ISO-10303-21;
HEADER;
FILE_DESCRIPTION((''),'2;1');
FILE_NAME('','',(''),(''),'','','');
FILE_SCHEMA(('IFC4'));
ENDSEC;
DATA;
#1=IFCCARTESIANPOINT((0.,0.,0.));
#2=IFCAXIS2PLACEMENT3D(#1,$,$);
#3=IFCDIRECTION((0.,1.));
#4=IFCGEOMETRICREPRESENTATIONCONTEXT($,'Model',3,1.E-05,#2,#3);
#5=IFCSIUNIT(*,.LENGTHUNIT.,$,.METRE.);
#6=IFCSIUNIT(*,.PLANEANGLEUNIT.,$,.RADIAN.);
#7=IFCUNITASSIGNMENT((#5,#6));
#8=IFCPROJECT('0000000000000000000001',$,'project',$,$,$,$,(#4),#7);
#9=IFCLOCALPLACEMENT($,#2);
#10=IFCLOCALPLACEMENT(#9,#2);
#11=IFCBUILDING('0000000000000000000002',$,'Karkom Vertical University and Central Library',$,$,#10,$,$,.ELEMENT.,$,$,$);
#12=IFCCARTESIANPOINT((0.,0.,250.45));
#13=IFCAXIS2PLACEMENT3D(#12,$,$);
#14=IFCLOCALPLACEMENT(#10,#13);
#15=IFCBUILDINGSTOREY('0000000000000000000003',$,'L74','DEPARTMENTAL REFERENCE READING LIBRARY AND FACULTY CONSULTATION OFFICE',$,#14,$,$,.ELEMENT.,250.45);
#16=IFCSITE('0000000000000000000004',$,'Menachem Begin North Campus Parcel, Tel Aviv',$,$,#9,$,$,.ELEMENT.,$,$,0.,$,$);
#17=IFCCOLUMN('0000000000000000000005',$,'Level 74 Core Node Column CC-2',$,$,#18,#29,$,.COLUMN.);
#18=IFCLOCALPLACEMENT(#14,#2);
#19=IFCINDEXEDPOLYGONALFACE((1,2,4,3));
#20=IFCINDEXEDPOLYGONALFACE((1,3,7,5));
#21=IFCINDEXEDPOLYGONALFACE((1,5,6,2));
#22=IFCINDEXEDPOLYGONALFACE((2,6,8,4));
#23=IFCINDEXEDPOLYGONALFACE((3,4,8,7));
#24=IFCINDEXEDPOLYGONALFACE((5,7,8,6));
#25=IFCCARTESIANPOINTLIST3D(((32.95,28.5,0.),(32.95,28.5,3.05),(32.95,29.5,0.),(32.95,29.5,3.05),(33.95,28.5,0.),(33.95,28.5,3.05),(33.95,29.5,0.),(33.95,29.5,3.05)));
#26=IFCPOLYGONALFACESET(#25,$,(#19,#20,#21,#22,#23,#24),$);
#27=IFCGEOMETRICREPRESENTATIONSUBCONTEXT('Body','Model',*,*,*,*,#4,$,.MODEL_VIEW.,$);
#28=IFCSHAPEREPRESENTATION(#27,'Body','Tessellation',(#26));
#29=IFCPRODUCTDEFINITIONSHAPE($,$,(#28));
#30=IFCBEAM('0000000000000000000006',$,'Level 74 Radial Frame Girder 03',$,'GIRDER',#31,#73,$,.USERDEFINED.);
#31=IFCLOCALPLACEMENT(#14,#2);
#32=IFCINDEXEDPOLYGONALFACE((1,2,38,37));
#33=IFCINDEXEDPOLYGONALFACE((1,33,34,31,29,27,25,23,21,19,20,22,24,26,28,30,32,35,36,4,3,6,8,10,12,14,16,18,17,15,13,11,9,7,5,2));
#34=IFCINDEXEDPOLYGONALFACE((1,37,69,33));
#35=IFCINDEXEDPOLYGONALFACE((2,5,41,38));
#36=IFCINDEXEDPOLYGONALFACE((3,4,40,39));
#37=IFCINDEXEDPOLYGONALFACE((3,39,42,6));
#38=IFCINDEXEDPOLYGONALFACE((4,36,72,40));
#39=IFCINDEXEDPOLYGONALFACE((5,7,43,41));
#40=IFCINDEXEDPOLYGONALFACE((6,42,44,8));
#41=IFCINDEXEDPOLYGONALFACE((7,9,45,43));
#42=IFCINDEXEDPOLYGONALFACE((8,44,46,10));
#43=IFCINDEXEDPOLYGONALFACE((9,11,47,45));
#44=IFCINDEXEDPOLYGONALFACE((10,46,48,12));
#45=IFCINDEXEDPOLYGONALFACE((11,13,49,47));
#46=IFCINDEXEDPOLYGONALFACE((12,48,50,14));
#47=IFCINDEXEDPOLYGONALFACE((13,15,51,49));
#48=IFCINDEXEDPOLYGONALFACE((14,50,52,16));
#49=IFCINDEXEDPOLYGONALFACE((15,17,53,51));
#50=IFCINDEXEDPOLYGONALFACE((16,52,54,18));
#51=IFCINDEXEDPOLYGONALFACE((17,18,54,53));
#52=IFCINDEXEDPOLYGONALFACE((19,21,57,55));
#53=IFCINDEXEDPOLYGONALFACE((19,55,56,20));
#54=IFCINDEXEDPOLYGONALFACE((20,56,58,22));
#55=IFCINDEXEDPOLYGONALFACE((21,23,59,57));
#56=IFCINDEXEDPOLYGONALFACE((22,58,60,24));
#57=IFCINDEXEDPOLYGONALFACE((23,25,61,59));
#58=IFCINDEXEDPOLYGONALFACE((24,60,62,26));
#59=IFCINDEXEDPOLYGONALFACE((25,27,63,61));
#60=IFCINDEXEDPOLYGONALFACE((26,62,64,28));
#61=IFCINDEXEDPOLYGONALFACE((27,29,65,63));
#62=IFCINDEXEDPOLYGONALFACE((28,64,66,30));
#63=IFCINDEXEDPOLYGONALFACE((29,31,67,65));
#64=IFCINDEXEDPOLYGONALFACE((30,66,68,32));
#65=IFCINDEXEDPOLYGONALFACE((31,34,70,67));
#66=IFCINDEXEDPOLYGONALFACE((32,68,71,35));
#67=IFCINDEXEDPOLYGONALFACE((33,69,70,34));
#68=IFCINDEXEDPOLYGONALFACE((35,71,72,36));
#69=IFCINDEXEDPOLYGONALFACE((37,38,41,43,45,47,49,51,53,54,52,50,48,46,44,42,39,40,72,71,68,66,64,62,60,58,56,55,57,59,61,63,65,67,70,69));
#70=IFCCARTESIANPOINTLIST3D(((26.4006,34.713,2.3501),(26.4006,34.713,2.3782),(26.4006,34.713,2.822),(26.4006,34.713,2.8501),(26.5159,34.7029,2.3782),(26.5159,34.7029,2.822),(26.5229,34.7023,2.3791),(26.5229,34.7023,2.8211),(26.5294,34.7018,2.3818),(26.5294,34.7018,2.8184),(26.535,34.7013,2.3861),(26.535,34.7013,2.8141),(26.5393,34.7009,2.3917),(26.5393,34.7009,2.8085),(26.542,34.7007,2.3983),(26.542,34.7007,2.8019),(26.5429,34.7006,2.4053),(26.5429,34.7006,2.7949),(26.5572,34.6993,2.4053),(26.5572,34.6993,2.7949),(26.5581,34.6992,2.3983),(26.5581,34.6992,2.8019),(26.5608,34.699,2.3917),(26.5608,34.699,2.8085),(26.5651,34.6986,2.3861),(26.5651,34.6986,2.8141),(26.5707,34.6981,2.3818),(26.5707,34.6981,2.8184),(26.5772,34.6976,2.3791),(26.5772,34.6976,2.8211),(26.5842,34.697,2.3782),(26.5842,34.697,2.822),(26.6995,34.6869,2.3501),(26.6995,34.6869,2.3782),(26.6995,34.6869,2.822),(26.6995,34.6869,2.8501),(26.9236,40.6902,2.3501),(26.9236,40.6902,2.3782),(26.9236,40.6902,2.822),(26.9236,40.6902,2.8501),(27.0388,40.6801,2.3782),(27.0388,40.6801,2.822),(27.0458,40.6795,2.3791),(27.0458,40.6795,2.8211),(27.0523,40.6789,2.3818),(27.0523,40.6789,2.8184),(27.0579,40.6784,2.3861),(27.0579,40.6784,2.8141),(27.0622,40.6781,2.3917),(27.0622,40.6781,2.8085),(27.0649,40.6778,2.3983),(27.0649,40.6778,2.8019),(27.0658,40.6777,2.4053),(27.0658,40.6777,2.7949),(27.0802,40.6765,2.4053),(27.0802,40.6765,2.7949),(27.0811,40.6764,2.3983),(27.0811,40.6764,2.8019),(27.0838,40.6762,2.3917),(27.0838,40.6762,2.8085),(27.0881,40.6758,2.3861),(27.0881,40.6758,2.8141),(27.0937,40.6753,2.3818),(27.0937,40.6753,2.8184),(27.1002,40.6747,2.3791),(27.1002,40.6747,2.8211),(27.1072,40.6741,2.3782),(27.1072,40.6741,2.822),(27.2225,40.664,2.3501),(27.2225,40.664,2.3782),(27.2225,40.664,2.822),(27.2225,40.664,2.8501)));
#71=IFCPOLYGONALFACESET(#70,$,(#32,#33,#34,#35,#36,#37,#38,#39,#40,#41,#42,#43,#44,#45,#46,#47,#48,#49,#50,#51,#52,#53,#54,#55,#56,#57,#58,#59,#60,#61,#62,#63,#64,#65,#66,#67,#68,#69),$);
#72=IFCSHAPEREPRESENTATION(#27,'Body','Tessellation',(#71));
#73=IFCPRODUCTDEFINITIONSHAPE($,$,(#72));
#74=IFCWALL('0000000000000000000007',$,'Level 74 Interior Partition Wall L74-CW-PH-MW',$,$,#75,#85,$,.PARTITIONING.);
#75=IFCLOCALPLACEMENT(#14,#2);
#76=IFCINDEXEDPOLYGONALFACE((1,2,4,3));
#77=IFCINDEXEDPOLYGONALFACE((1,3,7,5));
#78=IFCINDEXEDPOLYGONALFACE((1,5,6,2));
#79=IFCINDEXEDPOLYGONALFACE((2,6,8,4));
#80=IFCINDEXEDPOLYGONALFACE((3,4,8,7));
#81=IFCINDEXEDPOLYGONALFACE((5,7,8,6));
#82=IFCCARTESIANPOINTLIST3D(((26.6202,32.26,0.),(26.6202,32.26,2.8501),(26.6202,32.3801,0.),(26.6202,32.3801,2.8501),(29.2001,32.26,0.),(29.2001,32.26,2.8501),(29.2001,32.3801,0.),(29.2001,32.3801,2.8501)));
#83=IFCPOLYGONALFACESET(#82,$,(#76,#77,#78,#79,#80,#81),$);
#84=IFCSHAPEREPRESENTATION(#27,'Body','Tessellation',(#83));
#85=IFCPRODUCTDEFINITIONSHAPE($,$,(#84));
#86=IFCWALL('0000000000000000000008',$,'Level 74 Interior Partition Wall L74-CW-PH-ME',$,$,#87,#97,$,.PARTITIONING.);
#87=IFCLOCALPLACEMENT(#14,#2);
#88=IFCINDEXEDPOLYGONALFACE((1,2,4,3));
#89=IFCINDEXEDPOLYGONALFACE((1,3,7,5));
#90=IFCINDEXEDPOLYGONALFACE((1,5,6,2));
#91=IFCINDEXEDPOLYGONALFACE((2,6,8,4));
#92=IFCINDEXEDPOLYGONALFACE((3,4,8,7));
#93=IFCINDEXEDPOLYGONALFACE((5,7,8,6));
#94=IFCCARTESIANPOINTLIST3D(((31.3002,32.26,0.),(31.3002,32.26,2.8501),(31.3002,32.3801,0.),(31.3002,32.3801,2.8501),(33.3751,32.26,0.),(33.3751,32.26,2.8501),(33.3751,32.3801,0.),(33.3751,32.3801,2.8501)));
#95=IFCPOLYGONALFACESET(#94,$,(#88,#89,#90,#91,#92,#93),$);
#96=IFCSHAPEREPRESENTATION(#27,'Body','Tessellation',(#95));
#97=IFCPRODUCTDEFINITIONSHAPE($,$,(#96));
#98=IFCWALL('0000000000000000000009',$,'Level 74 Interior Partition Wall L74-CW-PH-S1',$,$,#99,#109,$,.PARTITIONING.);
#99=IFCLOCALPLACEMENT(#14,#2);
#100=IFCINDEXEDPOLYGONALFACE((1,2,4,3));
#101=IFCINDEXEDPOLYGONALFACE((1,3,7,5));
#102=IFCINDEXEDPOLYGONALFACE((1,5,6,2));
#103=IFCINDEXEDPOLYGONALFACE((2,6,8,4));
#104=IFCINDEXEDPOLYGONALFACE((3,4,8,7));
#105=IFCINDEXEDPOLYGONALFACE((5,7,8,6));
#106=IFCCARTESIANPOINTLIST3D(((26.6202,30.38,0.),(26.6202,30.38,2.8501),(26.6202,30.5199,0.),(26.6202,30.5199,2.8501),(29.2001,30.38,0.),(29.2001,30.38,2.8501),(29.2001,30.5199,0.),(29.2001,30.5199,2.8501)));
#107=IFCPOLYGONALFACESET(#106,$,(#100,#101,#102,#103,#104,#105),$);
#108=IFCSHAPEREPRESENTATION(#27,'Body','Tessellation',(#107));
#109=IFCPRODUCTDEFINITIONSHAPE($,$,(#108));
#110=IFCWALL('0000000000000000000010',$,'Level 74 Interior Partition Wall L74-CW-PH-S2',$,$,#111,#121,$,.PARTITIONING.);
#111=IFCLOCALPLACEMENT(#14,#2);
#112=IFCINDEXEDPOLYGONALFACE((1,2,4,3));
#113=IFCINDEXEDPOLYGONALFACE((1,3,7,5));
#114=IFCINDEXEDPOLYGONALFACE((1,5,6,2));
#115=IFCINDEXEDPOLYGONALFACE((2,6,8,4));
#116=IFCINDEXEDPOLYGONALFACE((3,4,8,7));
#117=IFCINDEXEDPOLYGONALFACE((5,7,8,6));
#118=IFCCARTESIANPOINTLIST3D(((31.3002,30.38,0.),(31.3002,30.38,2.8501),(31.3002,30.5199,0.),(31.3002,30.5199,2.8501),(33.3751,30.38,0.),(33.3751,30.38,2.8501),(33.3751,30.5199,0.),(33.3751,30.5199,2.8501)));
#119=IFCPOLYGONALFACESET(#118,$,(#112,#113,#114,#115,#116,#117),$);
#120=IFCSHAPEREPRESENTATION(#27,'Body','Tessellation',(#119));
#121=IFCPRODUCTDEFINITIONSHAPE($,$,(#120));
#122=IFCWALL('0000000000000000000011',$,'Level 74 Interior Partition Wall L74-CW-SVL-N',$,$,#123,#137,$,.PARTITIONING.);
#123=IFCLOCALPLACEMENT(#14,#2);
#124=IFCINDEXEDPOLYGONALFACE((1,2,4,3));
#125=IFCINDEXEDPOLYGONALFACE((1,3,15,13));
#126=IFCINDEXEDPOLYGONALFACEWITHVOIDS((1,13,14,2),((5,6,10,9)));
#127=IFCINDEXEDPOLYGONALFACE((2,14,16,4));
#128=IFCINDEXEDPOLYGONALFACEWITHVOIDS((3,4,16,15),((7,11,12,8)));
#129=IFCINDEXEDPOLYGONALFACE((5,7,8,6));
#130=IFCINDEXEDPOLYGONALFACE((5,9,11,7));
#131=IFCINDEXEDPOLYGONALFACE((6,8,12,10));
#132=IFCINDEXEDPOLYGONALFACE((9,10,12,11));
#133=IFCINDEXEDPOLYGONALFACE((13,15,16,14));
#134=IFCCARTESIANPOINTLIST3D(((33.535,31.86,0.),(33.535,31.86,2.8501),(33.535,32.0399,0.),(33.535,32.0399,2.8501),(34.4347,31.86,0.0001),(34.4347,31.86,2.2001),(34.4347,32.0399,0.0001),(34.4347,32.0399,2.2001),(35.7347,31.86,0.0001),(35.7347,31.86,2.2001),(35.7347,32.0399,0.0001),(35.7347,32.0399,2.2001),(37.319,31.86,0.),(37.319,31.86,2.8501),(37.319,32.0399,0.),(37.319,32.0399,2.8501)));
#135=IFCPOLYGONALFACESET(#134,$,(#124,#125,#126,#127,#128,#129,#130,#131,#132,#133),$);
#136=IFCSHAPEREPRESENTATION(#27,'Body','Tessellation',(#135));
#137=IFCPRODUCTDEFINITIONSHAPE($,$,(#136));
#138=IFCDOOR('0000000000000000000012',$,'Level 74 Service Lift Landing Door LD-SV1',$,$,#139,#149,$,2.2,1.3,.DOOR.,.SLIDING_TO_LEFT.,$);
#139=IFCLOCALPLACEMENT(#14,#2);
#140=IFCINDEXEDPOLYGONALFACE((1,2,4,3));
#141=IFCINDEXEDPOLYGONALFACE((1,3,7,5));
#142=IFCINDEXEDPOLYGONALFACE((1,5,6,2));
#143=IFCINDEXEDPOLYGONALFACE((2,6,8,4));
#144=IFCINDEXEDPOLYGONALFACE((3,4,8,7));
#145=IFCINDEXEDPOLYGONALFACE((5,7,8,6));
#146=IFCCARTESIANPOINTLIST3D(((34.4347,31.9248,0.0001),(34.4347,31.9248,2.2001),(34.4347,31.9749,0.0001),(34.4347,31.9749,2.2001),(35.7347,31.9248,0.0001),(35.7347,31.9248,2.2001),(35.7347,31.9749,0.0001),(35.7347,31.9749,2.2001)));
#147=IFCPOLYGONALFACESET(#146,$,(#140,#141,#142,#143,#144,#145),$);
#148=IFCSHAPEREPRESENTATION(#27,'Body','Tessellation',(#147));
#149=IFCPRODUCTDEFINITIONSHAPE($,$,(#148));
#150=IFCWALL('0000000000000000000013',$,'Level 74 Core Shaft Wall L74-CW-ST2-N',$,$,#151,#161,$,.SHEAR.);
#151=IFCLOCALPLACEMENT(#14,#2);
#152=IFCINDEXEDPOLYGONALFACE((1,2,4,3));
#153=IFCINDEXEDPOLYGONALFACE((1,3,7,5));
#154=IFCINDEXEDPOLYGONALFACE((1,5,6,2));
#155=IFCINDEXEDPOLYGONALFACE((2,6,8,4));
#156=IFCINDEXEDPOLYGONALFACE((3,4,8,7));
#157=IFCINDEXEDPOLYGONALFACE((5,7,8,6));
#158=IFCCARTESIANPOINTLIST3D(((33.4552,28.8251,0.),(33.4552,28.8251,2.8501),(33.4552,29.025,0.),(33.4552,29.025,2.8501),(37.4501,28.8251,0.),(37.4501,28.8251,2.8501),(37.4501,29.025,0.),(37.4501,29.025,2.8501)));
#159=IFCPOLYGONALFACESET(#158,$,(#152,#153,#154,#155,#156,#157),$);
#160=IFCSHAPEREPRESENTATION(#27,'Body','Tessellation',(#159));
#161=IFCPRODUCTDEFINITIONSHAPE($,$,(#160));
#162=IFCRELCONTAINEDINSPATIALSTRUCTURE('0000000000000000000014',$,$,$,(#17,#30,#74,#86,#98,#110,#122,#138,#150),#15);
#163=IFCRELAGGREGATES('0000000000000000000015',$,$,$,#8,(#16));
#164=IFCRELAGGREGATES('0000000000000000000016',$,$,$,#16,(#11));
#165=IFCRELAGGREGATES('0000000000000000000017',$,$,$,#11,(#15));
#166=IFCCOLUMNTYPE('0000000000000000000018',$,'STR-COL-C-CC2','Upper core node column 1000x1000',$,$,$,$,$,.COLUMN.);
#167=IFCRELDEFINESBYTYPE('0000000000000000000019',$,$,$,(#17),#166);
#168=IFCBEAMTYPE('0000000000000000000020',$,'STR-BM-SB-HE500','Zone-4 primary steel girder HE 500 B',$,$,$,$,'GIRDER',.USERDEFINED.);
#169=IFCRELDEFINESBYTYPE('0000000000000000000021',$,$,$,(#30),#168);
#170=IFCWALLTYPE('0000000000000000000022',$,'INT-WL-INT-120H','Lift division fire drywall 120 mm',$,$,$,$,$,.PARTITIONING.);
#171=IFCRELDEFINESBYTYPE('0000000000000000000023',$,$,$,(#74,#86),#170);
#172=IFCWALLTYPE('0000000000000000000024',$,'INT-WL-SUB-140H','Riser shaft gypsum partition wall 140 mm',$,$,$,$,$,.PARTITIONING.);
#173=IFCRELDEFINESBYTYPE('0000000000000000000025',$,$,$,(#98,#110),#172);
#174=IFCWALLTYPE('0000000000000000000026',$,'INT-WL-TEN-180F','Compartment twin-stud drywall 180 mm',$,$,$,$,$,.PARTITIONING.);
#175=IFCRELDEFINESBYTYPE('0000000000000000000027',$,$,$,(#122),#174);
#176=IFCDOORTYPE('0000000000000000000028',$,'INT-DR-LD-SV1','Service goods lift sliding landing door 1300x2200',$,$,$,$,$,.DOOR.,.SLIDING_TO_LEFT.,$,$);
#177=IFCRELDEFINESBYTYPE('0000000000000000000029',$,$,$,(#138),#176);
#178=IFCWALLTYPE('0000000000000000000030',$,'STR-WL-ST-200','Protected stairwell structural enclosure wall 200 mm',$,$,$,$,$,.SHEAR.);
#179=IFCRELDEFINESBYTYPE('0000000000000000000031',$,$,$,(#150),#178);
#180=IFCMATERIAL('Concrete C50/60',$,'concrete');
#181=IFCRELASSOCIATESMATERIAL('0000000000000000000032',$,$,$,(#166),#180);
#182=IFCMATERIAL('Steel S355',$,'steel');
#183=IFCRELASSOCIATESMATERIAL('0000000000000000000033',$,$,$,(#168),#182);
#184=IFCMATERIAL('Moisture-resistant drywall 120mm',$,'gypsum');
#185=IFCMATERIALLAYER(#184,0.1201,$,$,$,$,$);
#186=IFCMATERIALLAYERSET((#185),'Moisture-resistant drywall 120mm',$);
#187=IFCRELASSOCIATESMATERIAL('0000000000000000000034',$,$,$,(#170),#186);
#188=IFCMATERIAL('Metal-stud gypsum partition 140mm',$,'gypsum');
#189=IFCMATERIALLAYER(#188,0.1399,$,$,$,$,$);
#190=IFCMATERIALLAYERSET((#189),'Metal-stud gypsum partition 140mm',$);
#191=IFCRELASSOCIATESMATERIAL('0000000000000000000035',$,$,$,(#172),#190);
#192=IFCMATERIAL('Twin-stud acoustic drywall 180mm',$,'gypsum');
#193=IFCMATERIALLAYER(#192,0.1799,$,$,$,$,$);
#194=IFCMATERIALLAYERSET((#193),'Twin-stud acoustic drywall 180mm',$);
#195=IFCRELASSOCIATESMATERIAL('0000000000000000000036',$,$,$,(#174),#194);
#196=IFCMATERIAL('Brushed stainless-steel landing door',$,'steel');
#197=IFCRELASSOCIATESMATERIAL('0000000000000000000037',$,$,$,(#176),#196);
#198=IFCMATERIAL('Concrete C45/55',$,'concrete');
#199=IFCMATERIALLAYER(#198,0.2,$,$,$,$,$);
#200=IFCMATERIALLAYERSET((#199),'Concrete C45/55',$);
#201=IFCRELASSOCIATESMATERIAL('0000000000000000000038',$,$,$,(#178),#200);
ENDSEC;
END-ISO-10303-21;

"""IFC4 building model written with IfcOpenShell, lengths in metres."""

from ifc_helpers import new_model, si_unit, direction, frame, frame_2d, origin, origin_with_axes, origin_2d, place, context, subcontext, project, spatial, rectangle, i_section, extrude, source, transform, mapped, material, layer, layer_set, material_profile, profile_set, type_object, element, fill, save


model = new_model("IFC4")

# Units and contexts
model_context = context("Model", 3, precision=1e-05, world=origin(), true_north=direction((0.0, 1.0)))
body_context = subcontext(model_context, "Body", "Model", "MODEL_VIEW")
ifc_project = project(units=[si_unit("LENGTHUNIT", "METRE"), si_unit("PLANEANGLEUNIT", "RADIAN")], contexts=[model_context])

# Site, building, storey
site_placement = place(None, origin())
site = spatial("IfcSite", under=ifc_project, at=site_placement, Name="Menachem Begin North Campus Parcel, Tel Aviv", CompositionType="ELEMENT", RefElevation=0.0)
building_placement = place(site_placement, origin())
building = spatial("IfcBuilding", under=site, at=building_placement, Name="Karkom Vertical University and Central Library", CompositionType="ELEMENT")
storey_placement = place(building_placement, frame((0.0, 0.0, 250.45)))
storey = spatial("IfcBuildingStorey", under=building, at=storey_placement, Name="L74", Description="DEPARTMENTAL REFERENCE READING LIBRARY AND FACULTY CONSULTATION OFFICE", CompositionType="ELEMENT", Elevation=250.45)

# Column
ifc_material_1 = material(Name="Concrete C50/60", Category="concrete")
ifc_material_profile_1 = material_profile(ifc_material_1, rectangle(XDim=1.0, YDim=1.0, at=origin_2d()), Name="RC-1000x1000")
ifc_profile_set_1 = profile_set([ifc_material_profile_1], Name="Concrete C50/60")
column_type = type_object("IfcColumnType", Name="STR-COL-C-CC2", Description="Upper core node column 1000x1000", PredefinedType="COLUMN", material=ifc_profile_set_1)
shared_shape_1 = source(origin_with_axes(), body_context, "Body", "SweptSolid", [
    extrude(rectangle(XDim=1.0, YDim=1.0, at=origin_2d()), origin(), (0.0, 0.0, 1.0), 3.05),
])
column_placement = place(storey_placement, frame((33.45, 29.0, 0.0), z_axis=(0.0, 0.0, 1.0), x_axis=(1.0, 0.0, 0.0)))
element("IfcColumn", 1, at=column_placement, inside=storey, type_object=column_type, Name="Level 74 Core Node Column CC-2", PredefinedType="COLUMN", context=body_context, shape_type="MappedRepresentation", body=[
    mapped(shared_shape_1, transform((0.0, 0.0, 0.0), scale=1.0)),
])

# Beam
ifc_material_2 = material(Name="Steel S355", Category="steel")
ifc_material_profile_2 = material_profile(ifc_material_2, i_section(OverallWidth=0.3, OverallDepth=0.5, WebThickness=0.0144, FlangeThickness=0.0281, FilletRadius=0.0271, at=origin_2d()), Name="HE 500 B")
ifc_profile_set_2 = profile_set([ifc_material_profile_2], Name="Steel S355")
beam_type = type_object("IfcBeamType", Name="STR-BM-SB-HE500", Description="Zone-4 primary steel girder HE 500 B", ElementType="GIRDER", PredefinedType="USERDEFINED", material=ifc_profile_set_2)
shared_shape_2 = source(origin_with_axes(), body_context, "Body", "SweptSolid", [
    extrude(i_section(OverallWidth=0.3, OverallDepth=0.5, WebThickness=0.0144, FlangeThickness=0.0281, FilletRadius=0.0271, at=origin_2d()), origin(), (0.0, 0.0, 1.0), 6.0),
])
beam_placement = place(storey_placement, frame((26.55, 34.7, 2.6001), z_axis=(0.08716, 0.996194, 0.0), x_axis=(-0.996194, 0.08716, 0.0)))
element("IfcBeam", 2, at=beam_placement, inside=storey, type_object=beam_type, Name="Level 74 Radial Frame Girder 03", ObjectType="GIRDER", PredefinedType="USERDEFINED", context=body_context, shape_type="MappedRepresentation", body=[
    mapped(shared_shape_2, transform((0.0, 0.0, 0.0), scale=1.0)),
])

# Walls
ifc_material_3 = material(Name="Moisture-resistant drywall 120mm", Category="gypsum")
ifc_layer_1 = layer(ifc_material_3, 0.1201)
ifc_layer_set_1 = layer_set([ifc_layer_1], Name="Moisture-resistant drywall 120mm")
wall_type_1 = type_object("IfcWallType", Name="INT-WL-INT-120H", Description="Lift division fire drywall 120 mm", PredefinedType="PARTITIONING", material=ifc_layer_set_1)
wall_1_placement = place(storey_placement, frame((26.6201, 32.3201, 0.0), z_axis=(0.0, 0.0, 1.0), x_axis=(1.0, 0.0, 0.0)))
element("IfcWall", 3, at=wall_1_placement, inside=storey, type_object=wall_type_1, Name="Level 74 Interior Partition Wall L74-CW-PH-MW", PredefinedType="PARTITIONING", context=body_context, shape_type="SweptSolid", body=[
    extrude(rectangle(XDim=2.5798, YDim=0.1201, at=frame_2d((1.29, 0.0))), origin(), (0.0, 0.0, 1.0), 2.8501),
])
wall_2_placement = place(storey_placement, frame((31.3, 32.3201, 0.0), z_axis=(0.0, 0.0, 1.0), x_axis=(1.0, 0.0, 0.0)))
element("IfcWall", 4, at=wall_2_placement, inside=storey, type_object=wall_type_1, Name="Level 74 Interior Partition Wall L74-CW-PH-ME", PredefinedType="PARTITIONING", context=body_context, shape_type="SweptSolid", body=[
    extrude(rectangle(XDim=2.075, YDim=0.1201, at=frame_2d((1.0376, 0.0))), origin(), (0.0, 0.0, 1.0), 2.8501),
])

# Shared definitions
ifc_material_4 = material(Name="Metal-stud gypsum partition 140mm", Category="gypsum")
ifc_layer_2 = layer(ifc_material_4, 0.1399)
ifc_layer_set_2 = layer_set([ifc_layer_2], Name="Metal-stud gypsum partition 140mm")
wall_type_2 = type_object("IfcWallType", Name="INT-WL-SUB-140H", Description="Riser shaft gypsum partition wall 140 mm", PredefinedType="PARTITIONING", material=ifc_layer_set_2)
ifc_material_5 = material(Name="Brushed stainless-steel landing door", Category="steel")

# Walls
wall_3_placement = place(storey_placement, frame((26.6201, 30.45, 0.0), z_axis=(0.0, 0.0, 1.0), x_axis=(1.0, 0.0, 0.0)))
element("IfcWall", 5, at=wall_3_placement, inside=storey, type_object=wall_type_2, Name="Level 74 Interior Partition Wall L74-CW-PH-S1", PredefinedType="PARTITIONING", context=body_context, shape_type="SweptSolid", body=[
    extrude(rectangle(XDim=2.5798, YDim=0.1399, at=frame_2d((1.29, 0.0))), origin(), (0.0, 0.0, 1.0), 2.8501),
])
wall_4_placement = place(storey_placement, frame((31.3, 30.45, 0.0), z_axis=(0.0, 0.0, 1.0), x_axis=(1.0, 0.0, 0.0)))
element("IfcWall", 6, at=wall_4_placement, inside=storey, type_object=wall_type_2, Name="Level 74 Interior Partition Wall L74-CW-PH-S2", PredefinedType="PARTITIONING", context=body_context, shape_type="SweptSolid", body=[
    extrude(rectangle(XDim=2.075, YDim=0.1399, at=frame_2d((1.0376, 0.0))), origin(), (0.0, 0.0, 1.0), 2.8501),
])

# Wall, opening, door
ifc_material_6 = material(Name="Twin-stud acoustic drywall 180mm", Category="gypsum")
ifc_layer_3 = layer(ifc_material_6, 0.1799)
ifc_layer_set_3 = layer_set([ifc_layer_3], Name="Twin-stud acoustic drywall 180mm")
wall_type_3 = type_object("IfcWallType", Name="INT-WL-TEN-180F", Description="Compartment twin-stud drywall 180 mm", PredefinedType="PARTITIONING", material=ifc_layer_set_3)
wall_5_placement = place(storey_placement, frame((33.5349, 31.95, 0.0), z_axis=(0.0, 0.0, 1.0), x_axis=(1.0, 0.0, 0.0)))
wall_5 = element("IfcWall", 7, at=wall_5_placement, inside=storey, type_object=wall_type_3, Name="Level 74 Interior Partition Wall L74-CW-SVL-N", PredefinedType="PARTITIONING", context=body_context, shape_type="SweptSolid", body=[
    extrude(rectangle(XDim=3.7839, YDim=0.1799, at=frame_2d((1.8921, 0.0))), origin(), (0.0, 0.0, 1.0), 2.8501),
])
opening_1_placement = place(wall_5_placement, frame((0.8999, 0.0, 0.0)))
opening_1 = element("IfcOpeningElement", 8, at=opening_1_placement, cuts=wall_5, PredefinedType="OPENING", context=body_context, shape_type="SweptSolid", body=[
    extrude(rectangle(XDim=1.3, YDim=2.2, at=frame_2d((0.6499, 1.1001))), frame((0.0, 0.1001, 0.0), z_axis=(0.0, -1.0, 0.0), x_axis=(1.0, 0.0, 0.0)), (0.0, 0.0, 1.0), 0.2),
])
door_type_1 = type_object("IfcDoorType", Name="INT-DR-LD-SV1", Description="Service goods lift sliding landing door 1300x2200", OperationType="SLIDING_TO_LEFT", PredefinedType="DOOR", material=ifc_material_5)
shared_shape_3 = source(origin_with_axes(), body_context, "Body", "SweptSolid", [
    extrude(rectangle(XDim=1.3, YDim=2.2, at=frame_2d((0.6499, 1.1001))), frame((0.0, 0.0249, 0.0), z_axis=(0.0, -1.0, 0.0), x_axis=(1.0, 0.0, 0.0)), (0.0, 0.0, 1.0), 0.05),
])
door_1_placement = place(opening_1_placement, origin())
door_1 = element("IfcDoor", 9, at=door_1_placement, inside=storey, type_object=door_type_1, Name="Level 74 Service Lift Landing Door LD-SV1", OperationType="SLIDING_TO_LEFT", OverallHeight=2.2, OverallWidth=1.3, PredefinedType="DOOR", context=body_context, shape_type="MappedRepresentation", body=[
    mapped(shared_shape_3, transform((0.0, 0.0, 0.0), scale=1.0)),
])
fill(opening_1, door_1)

# Wall
ifc_material_7 = material(Name="Concrete C45/55", Category="concrete")
ifc_layer_4 = layer(ifc_material_7, 0.2)
ifc_layer_set_4 = layer_set([ifc_layer_4], Name="Concrete C45/55")
wall_type_4 = type_object("IfcWallType", Name="STR-WL-ST-200", Description="Protected stairwell structural enclosure wall 200 mm", PredefinedType="SHEAR", material=ifc_layer_set_4)
wall_6_placement = place(storey_placement, frame((33.4551, 28.925, 0.0), z_axis=(0.0, 0.0, 1.0), x_axis=(1.0, 0.0, 0.0)))
element("IfcWall", 10, at=wall_6_placement, inside=storey, type_object=wall_type_4, Name="Level 74 Core Shaft Wall L74-CW-ST2-N", PredefinedType="SHEAR", context=body_context, shape_type="SweptSolid", body=[
    extrude(rectangle(XDim=3.9949, YDim=0.2, at=frame_2d((1.9976, 0.0))), origin(), (0.0, 0.0, 1.0), 2.8501),
])

save(model, "model.ifc")
